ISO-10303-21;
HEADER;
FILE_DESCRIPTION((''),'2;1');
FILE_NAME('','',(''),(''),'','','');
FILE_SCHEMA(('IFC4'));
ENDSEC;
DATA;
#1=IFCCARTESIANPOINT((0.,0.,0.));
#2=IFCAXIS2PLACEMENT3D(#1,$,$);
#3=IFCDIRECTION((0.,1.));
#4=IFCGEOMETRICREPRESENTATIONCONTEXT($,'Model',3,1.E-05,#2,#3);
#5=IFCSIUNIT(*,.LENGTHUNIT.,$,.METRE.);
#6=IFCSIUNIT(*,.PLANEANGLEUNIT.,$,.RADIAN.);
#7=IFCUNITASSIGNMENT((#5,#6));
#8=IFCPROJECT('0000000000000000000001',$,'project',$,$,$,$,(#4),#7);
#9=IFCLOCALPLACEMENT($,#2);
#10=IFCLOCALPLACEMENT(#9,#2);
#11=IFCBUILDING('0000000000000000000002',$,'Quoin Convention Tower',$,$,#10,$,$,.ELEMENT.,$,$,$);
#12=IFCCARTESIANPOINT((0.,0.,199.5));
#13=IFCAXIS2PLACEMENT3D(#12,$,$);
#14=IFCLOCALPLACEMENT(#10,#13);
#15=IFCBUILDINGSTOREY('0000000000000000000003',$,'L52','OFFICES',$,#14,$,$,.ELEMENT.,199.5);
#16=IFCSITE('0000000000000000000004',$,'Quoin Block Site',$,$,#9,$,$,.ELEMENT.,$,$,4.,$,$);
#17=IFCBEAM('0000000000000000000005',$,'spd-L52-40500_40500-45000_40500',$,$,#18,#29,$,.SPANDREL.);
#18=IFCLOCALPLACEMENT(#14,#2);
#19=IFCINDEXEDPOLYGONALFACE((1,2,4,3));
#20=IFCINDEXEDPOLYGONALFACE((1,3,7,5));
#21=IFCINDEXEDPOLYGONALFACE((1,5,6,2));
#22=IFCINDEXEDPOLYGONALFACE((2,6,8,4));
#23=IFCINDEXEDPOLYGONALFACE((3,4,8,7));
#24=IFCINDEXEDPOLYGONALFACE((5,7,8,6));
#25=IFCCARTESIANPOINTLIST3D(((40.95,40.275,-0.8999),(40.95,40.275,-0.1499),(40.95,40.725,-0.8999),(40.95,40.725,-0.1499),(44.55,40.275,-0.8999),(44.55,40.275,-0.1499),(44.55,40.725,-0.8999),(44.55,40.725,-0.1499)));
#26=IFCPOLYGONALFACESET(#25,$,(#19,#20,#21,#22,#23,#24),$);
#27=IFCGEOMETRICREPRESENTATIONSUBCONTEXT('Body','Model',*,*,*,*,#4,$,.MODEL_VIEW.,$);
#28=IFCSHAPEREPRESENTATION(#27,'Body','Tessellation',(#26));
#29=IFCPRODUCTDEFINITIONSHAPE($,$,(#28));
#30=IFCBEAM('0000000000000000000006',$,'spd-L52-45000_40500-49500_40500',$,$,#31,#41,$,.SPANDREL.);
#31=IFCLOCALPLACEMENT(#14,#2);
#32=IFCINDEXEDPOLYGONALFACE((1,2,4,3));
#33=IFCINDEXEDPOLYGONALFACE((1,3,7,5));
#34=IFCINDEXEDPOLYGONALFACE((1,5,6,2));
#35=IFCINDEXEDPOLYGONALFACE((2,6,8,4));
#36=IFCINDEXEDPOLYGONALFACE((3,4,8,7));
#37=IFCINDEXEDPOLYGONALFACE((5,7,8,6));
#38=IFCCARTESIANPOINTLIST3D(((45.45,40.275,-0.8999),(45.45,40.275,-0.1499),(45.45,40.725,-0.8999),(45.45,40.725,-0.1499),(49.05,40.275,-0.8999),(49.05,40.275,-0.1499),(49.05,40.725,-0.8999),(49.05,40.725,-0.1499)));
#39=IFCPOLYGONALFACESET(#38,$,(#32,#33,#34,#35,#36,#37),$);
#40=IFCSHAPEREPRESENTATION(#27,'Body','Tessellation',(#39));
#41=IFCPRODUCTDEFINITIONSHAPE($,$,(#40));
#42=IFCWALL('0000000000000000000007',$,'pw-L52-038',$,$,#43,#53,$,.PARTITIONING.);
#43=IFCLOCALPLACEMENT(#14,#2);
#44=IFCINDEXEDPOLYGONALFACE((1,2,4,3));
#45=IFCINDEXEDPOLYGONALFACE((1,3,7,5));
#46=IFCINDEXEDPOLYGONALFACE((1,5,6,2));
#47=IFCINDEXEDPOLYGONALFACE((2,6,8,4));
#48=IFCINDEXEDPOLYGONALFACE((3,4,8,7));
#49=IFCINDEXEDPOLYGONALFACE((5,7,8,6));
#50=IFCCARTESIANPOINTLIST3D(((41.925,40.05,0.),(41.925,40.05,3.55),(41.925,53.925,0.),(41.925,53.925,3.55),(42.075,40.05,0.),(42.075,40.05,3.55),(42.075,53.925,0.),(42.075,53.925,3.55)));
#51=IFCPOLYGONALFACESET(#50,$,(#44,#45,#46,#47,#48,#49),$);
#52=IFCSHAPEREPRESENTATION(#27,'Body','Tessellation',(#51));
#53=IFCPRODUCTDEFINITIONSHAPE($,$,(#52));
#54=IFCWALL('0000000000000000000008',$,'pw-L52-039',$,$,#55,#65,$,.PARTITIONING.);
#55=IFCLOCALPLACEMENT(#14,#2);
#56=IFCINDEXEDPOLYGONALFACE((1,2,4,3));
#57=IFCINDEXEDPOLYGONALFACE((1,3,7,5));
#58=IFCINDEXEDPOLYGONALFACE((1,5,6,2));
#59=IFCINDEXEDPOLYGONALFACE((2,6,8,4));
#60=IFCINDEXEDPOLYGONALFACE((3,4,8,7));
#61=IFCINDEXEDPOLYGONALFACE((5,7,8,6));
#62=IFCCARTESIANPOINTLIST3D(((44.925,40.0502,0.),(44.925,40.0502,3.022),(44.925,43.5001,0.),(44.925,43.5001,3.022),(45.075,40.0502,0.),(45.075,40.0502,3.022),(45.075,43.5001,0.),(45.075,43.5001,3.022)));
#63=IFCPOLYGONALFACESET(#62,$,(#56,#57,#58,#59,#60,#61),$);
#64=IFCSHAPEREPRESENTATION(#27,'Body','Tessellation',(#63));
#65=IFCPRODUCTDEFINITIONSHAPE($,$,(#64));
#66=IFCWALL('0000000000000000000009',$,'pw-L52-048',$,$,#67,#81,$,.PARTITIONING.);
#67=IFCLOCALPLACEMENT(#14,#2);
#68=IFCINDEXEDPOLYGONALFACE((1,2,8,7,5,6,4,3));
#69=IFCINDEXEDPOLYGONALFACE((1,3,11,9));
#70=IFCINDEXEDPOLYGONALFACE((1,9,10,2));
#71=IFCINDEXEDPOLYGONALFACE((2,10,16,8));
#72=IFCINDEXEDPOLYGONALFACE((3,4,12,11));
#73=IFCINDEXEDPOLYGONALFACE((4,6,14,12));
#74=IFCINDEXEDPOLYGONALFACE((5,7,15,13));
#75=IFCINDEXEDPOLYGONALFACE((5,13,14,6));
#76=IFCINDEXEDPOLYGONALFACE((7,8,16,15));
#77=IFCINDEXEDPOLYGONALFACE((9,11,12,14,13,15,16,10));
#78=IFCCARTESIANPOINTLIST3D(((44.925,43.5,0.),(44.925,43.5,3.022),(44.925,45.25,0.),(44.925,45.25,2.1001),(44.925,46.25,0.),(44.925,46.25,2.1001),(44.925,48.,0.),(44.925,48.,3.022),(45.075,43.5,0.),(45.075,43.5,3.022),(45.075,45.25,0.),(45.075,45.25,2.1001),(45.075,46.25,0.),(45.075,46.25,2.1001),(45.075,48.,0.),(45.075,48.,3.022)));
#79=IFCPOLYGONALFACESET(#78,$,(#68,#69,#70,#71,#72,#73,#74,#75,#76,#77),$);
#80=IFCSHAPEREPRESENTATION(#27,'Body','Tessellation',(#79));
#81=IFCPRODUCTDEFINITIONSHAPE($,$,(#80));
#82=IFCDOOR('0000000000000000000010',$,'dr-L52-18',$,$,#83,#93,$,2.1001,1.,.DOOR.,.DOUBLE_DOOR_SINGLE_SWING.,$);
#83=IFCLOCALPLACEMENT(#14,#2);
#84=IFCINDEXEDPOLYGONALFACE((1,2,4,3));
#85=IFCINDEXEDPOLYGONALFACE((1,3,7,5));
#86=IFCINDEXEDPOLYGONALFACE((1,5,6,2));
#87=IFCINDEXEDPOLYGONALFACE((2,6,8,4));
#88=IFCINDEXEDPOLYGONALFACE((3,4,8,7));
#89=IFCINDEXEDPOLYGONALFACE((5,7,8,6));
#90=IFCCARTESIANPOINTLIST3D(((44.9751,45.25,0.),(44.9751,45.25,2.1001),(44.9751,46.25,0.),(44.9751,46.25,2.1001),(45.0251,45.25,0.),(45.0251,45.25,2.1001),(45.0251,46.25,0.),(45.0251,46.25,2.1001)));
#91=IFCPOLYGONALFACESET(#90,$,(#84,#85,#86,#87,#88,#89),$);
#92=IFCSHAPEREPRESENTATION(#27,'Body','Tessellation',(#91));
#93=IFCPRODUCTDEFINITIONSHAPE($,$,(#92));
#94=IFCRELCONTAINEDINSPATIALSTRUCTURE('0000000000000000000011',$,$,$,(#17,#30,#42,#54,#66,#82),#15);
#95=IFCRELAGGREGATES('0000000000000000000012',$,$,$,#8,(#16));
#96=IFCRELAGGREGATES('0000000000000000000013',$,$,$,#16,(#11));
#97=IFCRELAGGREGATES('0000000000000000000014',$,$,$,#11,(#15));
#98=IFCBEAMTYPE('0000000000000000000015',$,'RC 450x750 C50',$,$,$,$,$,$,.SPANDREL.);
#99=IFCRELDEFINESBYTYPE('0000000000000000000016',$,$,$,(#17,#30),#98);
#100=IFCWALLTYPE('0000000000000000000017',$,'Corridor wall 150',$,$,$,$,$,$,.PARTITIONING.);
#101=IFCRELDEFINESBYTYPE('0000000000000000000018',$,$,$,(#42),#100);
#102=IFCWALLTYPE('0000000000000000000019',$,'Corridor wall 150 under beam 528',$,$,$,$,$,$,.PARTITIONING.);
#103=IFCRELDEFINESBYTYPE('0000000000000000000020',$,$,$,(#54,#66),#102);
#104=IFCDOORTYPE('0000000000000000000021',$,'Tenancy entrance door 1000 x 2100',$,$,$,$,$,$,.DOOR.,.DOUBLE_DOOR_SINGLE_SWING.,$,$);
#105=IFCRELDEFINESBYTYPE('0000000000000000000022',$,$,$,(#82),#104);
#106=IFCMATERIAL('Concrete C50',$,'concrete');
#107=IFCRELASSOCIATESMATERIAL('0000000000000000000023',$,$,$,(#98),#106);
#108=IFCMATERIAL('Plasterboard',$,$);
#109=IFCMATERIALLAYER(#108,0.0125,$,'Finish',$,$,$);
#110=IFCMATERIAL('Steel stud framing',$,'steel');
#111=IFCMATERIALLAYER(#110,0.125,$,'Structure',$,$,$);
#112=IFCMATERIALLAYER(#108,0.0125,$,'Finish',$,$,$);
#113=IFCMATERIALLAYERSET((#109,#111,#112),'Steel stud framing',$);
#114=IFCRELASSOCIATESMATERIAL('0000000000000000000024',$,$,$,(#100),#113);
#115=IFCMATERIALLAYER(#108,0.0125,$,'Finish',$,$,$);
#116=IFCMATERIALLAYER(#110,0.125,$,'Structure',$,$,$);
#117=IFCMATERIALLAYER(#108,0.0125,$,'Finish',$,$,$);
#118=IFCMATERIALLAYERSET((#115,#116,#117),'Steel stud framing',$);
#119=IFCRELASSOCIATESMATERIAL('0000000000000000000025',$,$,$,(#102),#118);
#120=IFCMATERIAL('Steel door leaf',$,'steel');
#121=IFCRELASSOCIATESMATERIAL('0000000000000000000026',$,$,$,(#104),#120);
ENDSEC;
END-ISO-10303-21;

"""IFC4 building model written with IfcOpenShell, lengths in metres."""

from ifc_helpers import new_model, si_unit, direction, frame, frame_2d, origin, origin_2d, place, context, subcontext, project, spatial, rectangle, extrude, material, layer, layer_set, material_profile, profile_set, type_object, element, fill, save


model = new_model("IFC4")

# Units and contexts
model_context = context("Model", 3, precision=1e-05, world=origin(), true_north=direction((0.0, 1.0)))
body_context = subcontext(model_context, "Body", "Model", "MODEL_VIEW")
ifc_project = project(units=[si_unit("LENGTHUNIT", "METRE"), si_unit("PLANEANGLEUNIT", "RADIAN")], contexts=[model_context])

# Site, building, storey
site_placement = place(None, origin())
site = spatial("IfcSite", under=ifc_project, at=site_placement, Name="Quoin Block Site", CompositionType="ELEMENT", RefElevation=4.0)
building_placement = place(site_placement, origin())
building = spatial("IfcBuilding", under=site, at=building_placement, Name="Quoin Convention Tower", CompositionType="ELEMENT")
storey_placement = place(building_placement, frame((0.0, 0.0, 199.5)))
storey = spatial("IfcBuildingStorey", under=building, at=storey_placement, Name="L52", Description="OFFICES", CompositionType="ELEMENT", Elevation=199.5)

# Shared definitions
ifc_material_1 = material(Name="Concrete C50", Category="concrete")

# Beams
ifc_material_profile_1 = material_profile(ifc_material_1, rectangle(XDim=0.45, YDim=0.75, at=origin_2d()), Name="RC 450x750")
ifc_profile_set_1 = profile_set([ifc_material_profile_1], Name="Concrete C50")
beam_type_1 = type_object("IfcBeamType", Name="RC 450x750 C50", PredefinedType="SPANDREL", material=ifc_profile_set_1)
for number, where, z_axis, x_axis, name in (
    (1, (40.95, 40.5, -0.5249), (1.0, 0.0, 0.0), (0.0, 1.0, 0.0), "spd-L52-40500_40500-45000_40500"),
    (2, (45.45, 40.5, -0.5249), (1.0, 0.0, 0.0), (0.0, 1.0, 0.0), "spd-L52-45000_40500-49500_40500"),
):
    element("IfcBeam", number, at=place(storey_placement, frame(where, z_axis=z_axis, x_axis=x_axis)), inside=storey, type_object=beam_type_1, Name=name, PredefinedType="SPANDREL", context=body_context, shape_type="SweptSolid", body=[
        extrude(rectangle(XDim=0.45, YDim=0.75, at=origin_2d()), origin(), (0.0, 0.0, 1.0), 3.6001),
    ])

# Walls
ifc_material_2 = material(Name="Plasterboard")
ifc_layer_1 = layer(ifc_material_2, 0.0125, Name="Finish")
ifc_material_3 = material(Name="Steel stud framing", Category="steel")
ifc_layer_2 = layer(ifc_material_3, 0.125, Name="Structure")
ifc_layer_3 = layer(ifc_material_2, 0.0125, Name="Finish")
ifc_layer_set_1 = layer_set([ifc_layer_1, ifc_layer_2, ifc_layer_3], Name="Steel stud framing")
wall_type_1 = type_object("IfcWallType", Name="Corridor wall 150", PredefinedType="PARTITIONING", material=ifc_layer_set_1)
wall_1_placement = place(storey_placement, frame((42.0, 40.05, 0.0), z_axis=(0.0, 0.0, 1.0), x_axis=(0.0, 1.0, 0.0)))
element("IfcWall", 3, at=wall_1_placement, inside=storey, type_object=wall_type_1, Name="pw-L52-038", PredefinedType="PARTITIONING", context=body_context, shape_type="SweptSolid", body=[
    extrude(rectangle(XDim=13.875, YDim=0.1499, at=frame_2d((6.9375, 0.0))), origin(), (0.0, 0.0, 1.0), 3.55),
])
ifc_layer_4 = layer(ifc_material_2, 0.0125, Name="Finish")
ifc_layer_5 = layer(ifc_material_3, 0.125, Name="Structure")
ifc_layer_6 = layer(ifc_material_2, 0.0125, Name="Finish")
ifc_layer_set_2 = layer_set([ifc_layer_4, ifc_layer_5, ifc_layer_6], Name="Steel stud framing")
wall_type_2 = type_object("IfcWallType", Name="Corridor wall 150 under beam 528", PredefinedType="PARTITIONING", material=ifc_layer_set_2)
wall_2_placement = place(storey_placement, frame((45.0, 40.05, 0.0), z_axis=(0.0, 0.0, 1.0), x_axis=(0.0, 1.0, 0.0)))
element("IfcWall", 4, at=wall_2_placement, inside=storey, type_object=wall_type_2, Name="pw-L52-039", PredefinedType="PARTITIONING", context=body_context, shape_type="SweptSolid", body=[
    extrude(rectangle(XDim=3.45, YDim=0.1499, at=frame_2d((1.7251, 0.0))), origin(), (0.0, 0.0, 1.0), 3.022),
])

# Wall, opening, door
wall_3_placement = place(storey_placement, frame((45.0, 43.5, 0.0), z_axis=(0.0, 0.0, 1.0), x_axis=(0.0, 1.0, 0.0)))
wall_3 = element("IfcWall", 5, at=wall_3_placement, inside=storey, type_object=wall_type_2, Name="pw-L52-048", PredefinedType="PARTITIONING", context=body_context, shape_type="SweptSolid", body=[
    extrude(rectangle(XDim=4.5, YDim=0.1499, at=frame_2d((2.25, 0.0))), origin(), (0.0, 0.0, 1.0), 3.022),
])
opening_placement = place(wall_3_placement, frame((1.75, 0.0, 0.0)))
opening = element("IfcOpeningElement", 6, at=opening_placement, cuts=wall_3, PredefinedType="OPENING", context=body_context, shape_type="SweptSolid", body=[
    extrude(rectangle(XDim=1.0, YDim=2.1001, at=frame_2d((0.5, 1.05))), frame((0.0, 0.085, 0.0), z_axis=(0.0, -1.0, 0.0), x_axis=(1.0, 0.0, 0.0)), (0.0, 0.0, 1.0), 0.1699),
])
ifc_material_4 = material(Name="Steel door leaf", Category="steel")
door_type = type_object("IfcDoorType", Name="Tenancy entrance door 1000 x 2100", OperationType="DOUBLE_DOOR_SINGLE_SWING", PredefinedType="DOOR", material=ifc_material_4)
door_placement = place(opening_placement, origin())
door = element("IfcDoor", 7, at=door_placement, inside=storey, type_object=door_type, Name="dr-L52-18", OperationType="DOUBLE_DOOR_SINGLE_SWING", OverallHeight=2.1001, OverallWidth=1.0, PredefinedType="DOOR", context=body_context, shape_type="SweptSolid", body=[
    extrude(rectangle(XDim=1.0, YDim=2.1001, at=frame_2d((0.5, 1.05))), frame((0.0, 0.0249, 0.0), z_axis=(0.0, -1.0, 0.0), x_axis=(1.0, 0.0, 0.0)), (0.0, 0.0, 1.0), 0.05),
])
fill(opening, door)

save(model, "model.ifc")
